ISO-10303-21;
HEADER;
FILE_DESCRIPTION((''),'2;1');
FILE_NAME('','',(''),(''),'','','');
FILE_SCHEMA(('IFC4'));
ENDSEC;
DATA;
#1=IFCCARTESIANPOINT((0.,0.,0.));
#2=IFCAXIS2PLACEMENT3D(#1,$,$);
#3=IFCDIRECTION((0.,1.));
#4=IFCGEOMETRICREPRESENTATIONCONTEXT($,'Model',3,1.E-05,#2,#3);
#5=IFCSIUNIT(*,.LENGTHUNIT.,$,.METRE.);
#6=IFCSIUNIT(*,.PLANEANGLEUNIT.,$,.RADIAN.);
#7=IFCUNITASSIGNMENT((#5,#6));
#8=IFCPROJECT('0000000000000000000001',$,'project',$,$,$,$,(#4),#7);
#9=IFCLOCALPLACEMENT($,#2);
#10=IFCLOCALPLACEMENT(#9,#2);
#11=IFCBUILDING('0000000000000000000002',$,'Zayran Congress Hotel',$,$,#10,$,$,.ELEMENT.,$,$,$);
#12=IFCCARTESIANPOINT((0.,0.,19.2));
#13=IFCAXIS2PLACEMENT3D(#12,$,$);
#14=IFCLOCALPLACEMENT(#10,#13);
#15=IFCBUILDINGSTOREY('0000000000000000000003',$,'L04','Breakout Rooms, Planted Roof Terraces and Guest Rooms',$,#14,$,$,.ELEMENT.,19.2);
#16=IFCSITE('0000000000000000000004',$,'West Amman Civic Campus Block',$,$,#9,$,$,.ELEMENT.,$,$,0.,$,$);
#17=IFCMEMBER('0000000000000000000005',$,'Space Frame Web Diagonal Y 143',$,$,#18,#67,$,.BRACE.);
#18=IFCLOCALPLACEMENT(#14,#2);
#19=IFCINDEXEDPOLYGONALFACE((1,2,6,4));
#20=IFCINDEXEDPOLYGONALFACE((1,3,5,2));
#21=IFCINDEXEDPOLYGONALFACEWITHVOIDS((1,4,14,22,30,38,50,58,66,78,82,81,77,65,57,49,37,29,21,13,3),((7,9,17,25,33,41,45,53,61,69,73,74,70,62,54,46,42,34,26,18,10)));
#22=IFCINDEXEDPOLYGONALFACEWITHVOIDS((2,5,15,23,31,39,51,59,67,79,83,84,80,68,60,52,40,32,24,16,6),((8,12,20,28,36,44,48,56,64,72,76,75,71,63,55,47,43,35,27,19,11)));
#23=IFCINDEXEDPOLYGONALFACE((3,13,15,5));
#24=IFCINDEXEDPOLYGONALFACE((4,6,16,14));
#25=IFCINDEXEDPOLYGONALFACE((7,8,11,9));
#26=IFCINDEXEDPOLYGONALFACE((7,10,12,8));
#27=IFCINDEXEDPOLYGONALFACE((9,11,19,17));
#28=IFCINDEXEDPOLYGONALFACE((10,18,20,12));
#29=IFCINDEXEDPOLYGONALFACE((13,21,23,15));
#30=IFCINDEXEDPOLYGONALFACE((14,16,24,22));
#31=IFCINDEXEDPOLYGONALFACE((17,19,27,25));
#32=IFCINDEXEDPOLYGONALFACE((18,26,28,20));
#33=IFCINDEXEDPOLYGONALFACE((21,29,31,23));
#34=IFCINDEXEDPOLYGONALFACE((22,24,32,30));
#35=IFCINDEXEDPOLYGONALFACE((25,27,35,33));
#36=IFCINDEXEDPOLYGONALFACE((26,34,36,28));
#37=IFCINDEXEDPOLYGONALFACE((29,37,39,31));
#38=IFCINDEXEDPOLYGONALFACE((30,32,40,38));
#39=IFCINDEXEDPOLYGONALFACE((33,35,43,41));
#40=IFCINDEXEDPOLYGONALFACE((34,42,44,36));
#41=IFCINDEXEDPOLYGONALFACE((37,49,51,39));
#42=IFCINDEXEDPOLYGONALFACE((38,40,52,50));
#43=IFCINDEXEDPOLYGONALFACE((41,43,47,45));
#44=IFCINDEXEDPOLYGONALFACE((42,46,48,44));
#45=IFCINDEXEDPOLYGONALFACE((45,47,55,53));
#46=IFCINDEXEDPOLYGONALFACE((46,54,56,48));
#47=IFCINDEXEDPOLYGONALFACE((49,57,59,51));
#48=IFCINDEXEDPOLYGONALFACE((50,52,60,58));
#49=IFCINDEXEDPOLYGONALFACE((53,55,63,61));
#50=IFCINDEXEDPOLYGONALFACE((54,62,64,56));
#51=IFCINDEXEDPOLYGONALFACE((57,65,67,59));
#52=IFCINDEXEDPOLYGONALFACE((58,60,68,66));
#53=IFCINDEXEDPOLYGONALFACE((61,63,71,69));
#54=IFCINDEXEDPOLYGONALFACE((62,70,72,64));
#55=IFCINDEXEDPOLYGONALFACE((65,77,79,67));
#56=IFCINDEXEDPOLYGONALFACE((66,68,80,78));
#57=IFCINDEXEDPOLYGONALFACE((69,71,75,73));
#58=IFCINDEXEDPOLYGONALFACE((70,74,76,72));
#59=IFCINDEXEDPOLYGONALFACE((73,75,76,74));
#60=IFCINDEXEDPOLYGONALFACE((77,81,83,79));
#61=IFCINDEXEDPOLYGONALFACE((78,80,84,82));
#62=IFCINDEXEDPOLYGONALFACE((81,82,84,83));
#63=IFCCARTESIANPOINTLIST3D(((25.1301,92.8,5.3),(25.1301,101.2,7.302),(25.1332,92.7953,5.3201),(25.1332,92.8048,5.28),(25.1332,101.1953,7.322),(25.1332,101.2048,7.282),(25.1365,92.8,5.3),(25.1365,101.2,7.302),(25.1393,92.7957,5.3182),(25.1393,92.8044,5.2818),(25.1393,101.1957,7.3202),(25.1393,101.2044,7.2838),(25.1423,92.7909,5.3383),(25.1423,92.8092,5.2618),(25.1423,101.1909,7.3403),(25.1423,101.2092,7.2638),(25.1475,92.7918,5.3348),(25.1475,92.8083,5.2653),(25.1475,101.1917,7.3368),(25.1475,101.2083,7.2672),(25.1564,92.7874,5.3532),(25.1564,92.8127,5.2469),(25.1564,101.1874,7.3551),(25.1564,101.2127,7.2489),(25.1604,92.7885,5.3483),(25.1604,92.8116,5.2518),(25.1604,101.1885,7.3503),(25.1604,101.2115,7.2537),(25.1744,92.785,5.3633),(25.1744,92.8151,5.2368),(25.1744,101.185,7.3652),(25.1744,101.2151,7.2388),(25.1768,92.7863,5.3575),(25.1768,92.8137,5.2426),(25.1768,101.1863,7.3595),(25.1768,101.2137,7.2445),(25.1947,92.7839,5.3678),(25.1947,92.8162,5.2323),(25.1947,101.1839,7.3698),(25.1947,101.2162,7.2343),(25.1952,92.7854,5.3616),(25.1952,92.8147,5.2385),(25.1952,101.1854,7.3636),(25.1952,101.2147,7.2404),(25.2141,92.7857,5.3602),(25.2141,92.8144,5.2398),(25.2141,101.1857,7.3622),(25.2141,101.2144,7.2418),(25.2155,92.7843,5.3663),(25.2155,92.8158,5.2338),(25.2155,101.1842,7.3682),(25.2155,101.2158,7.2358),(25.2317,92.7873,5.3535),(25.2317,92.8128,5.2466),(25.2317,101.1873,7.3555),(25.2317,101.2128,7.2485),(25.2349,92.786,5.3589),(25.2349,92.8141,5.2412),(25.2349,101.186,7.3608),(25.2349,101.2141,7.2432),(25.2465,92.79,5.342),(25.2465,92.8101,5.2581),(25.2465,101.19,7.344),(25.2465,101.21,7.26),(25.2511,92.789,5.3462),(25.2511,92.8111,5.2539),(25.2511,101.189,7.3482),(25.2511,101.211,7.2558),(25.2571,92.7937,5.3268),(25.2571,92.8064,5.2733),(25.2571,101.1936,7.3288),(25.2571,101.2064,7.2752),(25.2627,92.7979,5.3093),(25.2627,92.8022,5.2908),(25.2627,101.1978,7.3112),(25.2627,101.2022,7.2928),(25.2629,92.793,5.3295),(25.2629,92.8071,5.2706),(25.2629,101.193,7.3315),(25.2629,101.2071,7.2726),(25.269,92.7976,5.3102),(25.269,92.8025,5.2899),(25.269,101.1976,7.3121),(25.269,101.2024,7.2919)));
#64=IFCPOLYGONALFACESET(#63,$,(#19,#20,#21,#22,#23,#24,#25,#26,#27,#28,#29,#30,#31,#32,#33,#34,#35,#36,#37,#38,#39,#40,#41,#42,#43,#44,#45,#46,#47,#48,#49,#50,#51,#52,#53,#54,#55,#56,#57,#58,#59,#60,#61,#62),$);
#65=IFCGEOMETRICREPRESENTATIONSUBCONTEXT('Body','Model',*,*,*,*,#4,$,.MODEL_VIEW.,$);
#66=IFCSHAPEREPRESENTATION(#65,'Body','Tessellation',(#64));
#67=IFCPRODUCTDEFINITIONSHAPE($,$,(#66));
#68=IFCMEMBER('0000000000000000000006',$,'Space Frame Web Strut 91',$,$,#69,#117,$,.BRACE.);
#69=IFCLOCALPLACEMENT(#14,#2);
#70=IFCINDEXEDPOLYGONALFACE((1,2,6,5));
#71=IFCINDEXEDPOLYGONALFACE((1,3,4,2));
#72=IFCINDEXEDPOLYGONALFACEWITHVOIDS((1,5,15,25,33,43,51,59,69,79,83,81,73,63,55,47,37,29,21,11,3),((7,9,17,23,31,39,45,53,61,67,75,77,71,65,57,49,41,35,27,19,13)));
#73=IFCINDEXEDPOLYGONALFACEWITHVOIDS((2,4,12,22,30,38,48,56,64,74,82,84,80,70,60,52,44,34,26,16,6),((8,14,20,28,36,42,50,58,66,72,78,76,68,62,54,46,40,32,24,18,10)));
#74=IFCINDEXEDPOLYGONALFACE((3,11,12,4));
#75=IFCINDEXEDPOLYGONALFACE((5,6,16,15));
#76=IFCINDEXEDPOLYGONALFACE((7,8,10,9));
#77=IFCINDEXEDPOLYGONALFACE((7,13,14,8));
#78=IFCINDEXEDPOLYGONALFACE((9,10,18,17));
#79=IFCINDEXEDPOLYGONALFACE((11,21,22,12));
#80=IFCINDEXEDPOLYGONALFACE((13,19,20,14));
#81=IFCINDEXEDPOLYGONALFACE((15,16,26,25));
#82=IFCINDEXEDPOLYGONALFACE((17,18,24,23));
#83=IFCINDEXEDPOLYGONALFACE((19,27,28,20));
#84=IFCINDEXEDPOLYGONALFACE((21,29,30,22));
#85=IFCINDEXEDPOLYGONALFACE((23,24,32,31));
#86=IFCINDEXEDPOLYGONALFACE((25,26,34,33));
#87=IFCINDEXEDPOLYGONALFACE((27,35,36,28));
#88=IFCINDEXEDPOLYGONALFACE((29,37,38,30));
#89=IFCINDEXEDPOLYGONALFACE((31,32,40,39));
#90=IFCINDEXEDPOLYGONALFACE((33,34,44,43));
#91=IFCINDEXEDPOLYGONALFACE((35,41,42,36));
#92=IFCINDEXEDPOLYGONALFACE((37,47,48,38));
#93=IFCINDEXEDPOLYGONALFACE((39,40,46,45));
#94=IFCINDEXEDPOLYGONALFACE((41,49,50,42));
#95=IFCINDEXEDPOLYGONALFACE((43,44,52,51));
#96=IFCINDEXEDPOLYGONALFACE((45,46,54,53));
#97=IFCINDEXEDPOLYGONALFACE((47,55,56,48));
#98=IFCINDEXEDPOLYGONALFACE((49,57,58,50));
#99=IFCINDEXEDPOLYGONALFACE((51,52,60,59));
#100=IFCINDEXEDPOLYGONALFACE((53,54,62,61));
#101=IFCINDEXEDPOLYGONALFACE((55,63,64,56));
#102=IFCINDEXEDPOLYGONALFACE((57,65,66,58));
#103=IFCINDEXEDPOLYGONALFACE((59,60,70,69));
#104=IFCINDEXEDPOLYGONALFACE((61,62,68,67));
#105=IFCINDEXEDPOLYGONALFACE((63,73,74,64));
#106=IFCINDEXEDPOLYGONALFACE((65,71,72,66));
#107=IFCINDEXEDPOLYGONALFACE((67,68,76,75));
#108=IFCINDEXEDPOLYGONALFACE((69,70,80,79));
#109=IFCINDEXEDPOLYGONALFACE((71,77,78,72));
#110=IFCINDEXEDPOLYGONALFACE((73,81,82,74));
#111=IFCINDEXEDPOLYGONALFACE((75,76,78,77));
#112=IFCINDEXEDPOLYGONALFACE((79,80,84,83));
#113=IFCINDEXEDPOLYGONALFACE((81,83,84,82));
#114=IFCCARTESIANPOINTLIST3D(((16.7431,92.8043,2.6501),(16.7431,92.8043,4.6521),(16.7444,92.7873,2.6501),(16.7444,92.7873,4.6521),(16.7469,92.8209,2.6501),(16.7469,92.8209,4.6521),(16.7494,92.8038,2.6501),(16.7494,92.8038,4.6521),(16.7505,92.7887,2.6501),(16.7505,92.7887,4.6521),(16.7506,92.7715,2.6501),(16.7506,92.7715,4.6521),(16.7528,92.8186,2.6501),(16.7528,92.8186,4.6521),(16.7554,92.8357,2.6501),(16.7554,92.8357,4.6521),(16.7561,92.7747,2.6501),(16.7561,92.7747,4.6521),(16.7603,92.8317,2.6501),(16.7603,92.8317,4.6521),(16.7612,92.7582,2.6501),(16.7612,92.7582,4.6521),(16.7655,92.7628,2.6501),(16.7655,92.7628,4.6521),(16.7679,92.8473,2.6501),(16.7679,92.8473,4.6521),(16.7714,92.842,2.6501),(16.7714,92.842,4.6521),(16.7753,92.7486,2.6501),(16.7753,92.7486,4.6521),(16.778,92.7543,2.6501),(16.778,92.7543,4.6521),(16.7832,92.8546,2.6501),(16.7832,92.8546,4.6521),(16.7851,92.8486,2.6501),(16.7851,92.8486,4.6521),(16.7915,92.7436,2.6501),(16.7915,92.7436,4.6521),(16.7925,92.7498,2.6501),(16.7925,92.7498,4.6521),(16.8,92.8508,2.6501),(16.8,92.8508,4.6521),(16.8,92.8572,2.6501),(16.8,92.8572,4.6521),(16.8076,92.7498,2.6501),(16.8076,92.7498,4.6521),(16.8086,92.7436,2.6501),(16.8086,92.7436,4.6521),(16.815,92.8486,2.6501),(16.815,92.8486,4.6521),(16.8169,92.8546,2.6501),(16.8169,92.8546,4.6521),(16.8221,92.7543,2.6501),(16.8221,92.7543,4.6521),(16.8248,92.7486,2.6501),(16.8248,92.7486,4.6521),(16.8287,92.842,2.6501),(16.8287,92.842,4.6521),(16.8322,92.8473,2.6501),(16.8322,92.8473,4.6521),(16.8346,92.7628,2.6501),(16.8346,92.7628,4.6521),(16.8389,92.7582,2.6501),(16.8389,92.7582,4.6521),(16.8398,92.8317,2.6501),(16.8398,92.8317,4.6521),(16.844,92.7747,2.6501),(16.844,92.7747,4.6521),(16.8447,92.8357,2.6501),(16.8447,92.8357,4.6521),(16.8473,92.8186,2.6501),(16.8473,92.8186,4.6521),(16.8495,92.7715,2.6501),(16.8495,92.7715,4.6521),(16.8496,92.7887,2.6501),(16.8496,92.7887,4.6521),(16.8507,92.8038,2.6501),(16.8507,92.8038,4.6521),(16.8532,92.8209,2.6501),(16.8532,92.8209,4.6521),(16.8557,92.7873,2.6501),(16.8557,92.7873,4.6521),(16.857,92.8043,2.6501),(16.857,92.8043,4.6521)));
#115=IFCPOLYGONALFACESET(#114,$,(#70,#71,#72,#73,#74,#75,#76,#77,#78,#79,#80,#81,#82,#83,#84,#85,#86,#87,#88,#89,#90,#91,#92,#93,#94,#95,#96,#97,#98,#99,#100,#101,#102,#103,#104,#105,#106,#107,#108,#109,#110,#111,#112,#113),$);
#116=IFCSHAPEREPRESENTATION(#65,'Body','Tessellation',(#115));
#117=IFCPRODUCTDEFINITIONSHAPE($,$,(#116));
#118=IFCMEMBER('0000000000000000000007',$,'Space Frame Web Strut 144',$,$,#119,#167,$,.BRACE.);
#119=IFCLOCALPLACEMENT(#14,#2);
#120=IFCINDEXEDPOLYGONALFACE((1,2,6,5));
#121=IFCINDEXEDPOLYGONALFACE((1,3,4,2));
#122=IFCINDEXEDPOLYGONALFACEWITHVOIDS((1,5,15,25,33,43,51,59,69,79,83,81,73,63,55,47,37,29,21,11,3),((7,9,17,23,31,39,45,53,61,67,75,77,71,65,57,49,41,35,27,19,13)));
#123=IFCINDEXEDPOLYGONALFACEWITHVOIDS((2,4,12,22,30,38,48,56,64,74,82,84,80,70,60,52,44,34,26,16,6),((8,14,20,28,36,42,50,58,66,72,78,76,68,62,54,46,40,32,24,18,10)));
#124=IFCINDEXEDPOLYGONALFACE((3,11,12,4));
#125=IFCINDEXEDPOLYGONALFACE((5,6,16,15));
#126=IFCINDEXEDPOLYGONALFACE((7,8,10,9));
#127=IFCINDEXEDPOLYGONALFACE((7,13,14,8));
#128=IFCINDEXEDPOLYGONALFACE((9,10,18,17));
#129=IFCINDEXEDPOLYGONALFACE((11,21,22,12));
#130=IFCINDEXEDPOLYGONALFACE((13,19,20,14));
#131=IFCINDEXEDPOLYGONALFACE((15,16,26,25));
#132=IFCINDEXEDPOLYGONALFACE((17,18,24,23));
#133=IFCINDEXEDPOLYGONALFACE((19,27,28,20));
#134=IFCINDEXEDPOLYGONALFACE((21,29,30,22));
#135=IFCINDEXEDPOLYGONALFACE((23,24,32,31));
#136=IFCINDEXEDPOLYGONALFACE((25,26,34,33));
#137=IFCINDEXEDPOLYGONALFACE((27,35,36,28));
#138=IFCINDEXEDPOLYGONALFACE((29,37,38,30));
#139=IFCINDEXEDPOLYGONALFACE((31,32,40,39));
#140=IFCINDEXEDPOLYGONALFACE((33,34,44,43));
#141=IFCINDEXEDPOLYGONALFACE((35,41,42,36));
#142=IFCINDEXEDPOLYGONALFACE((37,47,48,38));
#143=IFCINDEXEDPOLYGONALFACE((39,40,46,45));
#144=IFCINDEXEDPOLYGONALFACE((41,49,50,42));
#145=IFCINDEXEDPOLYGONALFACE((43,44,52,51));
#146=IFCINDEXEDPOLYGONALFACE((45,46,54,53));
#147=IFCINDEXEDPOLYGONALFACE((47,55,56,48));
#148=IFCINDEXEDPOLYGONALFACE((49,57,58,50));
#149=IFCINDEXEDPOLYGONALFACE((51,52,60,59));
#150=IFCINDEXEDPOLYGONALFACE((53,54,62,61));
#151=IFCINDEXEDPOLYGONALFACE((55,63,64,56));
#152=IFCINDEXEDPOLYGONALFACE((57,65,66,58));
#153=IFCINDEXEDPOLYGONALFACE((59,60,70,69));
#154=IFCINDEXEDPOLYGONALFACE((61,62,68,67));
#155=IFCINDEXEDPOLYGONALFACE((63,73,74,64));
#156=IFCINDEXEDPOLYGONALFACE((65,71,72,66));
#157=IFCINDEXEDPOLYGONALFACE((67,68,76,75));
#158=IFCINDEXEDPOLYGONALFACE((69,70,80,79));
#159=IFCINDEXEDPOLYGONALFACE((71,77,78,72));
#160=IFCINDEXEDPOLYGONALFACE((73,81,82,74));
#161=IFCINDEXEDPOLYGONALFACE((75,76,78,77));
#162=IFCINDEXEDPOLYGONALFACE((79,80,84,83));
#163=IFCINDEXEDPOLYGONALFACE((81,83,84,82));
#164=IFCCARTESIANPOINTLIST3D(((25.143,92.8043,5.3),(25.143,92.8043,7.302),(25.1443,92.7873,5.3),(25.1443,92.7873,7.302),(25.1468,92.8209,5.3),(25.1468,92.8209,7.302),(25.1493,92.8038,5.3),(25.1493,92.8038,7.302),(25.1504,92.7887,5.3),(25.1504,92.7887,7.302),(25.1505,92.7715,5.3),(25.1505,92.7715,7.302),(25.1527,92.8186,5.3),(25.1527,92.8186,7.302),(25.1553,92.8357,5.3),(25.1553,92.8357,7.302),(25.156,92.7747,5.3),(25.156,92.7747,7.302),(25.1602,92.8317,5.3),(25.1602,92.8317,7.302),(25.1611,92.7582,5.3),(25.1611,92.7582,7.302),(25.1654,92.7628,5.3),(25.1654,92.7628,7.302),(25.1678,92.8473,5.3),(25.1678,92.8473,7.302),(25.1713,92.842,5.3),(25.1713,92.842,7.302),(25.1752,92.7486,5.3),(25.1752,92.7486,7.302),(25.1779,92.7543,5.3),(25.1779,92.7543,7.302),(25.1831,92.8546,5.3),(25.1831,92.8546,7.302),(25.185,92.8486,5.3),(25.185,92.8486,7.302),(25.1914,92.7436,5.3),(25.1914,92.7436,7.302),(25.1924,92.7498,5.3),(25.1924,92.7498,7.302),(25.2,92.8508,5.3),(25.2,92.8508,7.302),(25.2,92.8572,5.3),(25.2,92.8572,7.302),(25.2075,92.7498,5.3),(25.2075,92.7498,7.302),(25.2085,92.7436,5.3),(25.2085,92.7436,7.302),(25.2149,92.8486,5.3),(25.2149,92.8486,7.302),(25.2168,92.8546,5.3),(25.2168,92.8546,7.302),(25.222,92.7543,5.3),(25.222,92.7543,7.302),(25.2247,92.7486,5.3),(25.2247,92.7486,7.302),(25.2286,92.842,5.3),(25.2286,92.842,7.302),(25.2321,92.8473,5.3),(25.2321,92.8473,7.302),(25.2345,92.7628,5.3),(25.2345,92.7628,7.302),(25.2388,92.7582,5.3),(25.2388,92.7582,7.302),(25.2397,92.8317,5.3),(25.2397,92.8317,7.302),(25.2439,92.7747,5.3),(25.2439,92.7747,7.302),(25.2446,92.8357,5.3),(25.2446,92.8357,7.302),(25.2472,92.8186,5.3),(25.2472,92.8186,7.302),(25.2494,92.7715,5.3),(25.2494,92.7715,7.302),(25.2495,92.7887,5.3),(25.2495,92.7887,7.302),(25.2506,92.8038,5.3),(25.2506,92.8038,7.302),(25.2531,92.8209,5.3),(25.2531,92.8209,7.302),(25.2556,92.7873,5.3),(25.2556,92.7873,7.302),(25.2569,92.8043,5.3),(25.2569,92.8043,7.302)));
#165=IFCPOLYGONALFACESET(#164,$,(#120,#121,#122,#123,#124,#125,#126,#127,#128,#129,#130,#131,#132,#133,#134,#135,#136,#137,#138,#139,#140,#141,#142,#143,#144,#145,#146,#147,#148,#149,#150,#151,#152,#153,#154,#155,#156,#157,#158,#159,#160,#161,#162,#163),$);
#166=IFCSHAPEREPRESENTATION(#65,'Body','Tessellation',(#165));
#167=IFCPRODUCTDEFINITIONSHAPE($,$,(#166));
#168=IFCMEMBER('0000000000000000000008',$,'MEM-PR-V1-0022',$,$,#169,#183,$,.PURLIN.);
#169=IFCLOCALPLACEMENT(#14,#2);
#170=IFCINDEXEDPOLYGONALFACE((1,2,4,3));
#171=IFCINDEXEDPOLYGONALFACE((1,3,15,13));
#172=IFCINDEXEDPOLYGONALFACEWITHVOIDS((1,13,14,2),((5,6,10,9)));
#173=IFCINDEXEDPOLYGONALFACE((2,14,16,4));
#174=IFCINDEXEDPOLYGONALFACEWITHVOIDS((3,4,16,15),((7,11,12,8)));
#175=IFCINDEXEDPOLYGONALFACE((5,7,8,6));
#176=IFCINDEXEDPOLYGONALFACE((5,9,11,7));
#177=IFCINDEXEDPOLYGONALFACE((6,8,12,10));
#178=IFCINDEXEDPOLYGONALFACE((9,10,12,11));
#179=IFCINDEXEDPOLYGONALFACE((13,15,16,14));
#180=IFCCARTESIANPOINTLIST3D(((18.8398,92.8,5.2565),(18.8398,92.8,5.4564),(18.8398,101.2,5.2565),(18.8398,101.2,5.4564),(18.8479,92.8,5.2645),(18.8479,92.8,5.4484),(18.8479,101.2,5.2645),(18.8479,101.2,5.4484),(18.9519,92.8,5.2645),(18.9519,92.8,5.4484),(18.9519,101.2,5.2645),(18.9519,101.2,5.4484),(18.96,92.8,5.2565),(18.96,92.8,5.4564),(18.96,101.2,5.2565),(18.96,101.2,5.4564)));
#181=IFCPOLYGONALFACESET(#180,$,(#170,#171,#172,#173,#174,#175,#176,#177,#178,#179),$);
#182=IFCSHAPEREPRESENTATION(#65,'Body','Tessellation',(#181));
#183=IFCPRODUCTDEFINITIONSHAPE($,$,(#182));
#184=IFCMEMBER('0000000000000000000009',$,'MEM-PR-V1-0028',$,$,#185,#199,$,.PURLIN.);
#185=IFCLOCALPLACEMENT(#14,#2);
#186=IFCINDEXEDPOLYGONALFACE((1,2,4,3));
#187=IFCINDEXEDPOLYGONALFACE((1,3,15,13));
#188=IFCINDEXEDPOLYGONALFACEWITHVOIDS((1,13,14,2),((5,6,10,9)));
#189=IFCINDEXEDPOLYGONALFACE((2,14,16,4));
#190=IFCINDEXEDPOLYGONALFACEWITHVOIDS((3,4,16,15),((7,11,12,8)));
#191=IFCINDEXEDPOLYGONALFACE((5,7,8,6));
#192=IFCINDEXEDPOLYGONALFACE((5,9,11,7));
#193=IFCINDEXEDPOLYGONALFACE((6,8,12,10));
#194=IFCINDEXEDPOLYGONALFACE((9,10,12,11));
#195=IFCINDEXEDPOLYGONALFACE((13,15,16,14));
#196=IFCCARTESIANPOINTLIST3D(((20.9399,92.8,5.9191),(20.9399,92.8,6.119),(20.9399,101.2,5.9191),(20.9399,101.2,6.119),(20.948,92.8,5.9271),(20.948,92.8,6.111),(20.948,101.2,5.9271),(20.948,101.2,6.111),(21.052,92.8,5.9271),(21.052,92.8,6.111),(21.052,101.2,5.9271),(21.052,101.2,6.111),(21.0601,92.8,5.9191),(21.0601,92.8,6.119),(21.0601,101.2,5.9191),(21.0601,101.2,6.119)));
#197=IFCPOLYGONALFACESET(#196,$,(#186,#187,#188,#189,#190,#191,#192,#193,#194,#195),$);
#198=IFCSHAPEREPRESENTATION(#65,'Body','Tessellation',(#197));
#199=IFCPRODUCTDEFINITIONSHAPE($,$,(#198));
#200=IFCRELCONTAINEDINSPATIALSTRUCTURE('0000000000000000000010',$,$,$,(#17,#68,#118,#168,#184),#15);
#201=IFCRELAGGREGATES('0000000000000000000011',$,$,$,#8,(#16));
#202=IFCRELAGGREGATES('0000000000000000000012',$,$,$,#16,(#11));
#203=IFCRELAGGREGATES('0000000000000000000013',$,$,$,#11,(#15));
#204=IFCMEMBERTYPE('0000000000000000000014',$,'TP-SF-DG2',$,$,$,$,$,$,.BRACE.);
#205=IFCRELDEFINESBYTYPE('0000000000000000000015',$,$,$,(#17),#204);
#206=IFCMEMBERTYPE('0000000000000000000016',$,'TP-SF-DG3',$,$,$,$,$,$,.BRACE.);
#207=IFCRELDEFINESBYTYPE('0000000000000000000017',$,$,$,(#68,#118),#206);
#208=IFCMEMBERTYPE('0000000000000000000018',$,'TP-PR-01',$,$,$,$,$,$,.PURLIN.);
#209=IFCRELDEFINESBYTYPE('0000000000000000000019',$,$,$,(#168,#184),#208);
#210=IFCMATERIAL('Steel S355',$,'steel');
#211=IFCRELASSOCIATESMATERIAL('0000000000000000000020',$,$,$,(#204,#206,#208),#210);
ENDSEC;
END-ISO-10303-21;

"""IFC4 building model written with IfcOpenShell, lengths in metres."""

from ifc_helpers import new_model, si_unit, direction, frame, origin, origin_2d, place, context, subcontext, project, spatial, hollow_rectangle, hollow_circle, extrude, material, material_profile, profile_set, type_object, element, save


model = new_model("IFC4")

# Units and contexts
model_context = context("Model", 3, precision=1e-05, world=origin(), true_north=direction((0.0, 1.0)))
body_context = subcontext(model_context, "Body", "Model", "MODEL_VIEW")
ifc_project = project(units=[si_unit("LENGTHUNIT", "METRE"), si_unit("PLANEANGLEUNIT", "RADIAN")], contexts=[model_context])

# Site, building, storey
site_placement = place(None, origin())
site = spatial("IfcSite", under=ifc_project, at=site_placement, Name="West Amman Civic Campus Block", CompositionType="ELEMENT", RefElevation=0.0)
building_placement = place(site_placement, origin())
building = spatial("IfcBuilding", under=site, at=building_placement, Name="Zayran Congress Hotel", CompositionType="ELEMENT")
storey_placement = place(building_placement, frame((0.0, 0.0, 19.2)))
storey = spatial("IfcBuildingStorey", under=building, at=storey_placement, Name="L04", Description="Breakout Rooms, Planted Roof Terraces and Guest Rooms", CompositionType="ELEMENT", Elevation=19.2)

# Members
ifc_material_1 = material(Name="Steel S355", Category="steel")
ifc_material_profile_1 = material_profile(ifc_material_1, hollow_circle(Radius=0.0698, WallThickness=0.0063, at=origin_2d()), Name="CHS 139.7x6.3")
ifc_profile_set_1 = profile_set([ifc_material_profile_1], Name="Steel S355")
member_type_1 = type_object("IfcMemberType", Name="TP-SF-DG2", PredefinedType="BRACE", material=ifc_profile_set_1)
member_1_placement = place(storey_placement, frame((25.2, 92.8, 5.3), z_axis=(0.0, 0.972755, 0.231837), x_axis=(-1.0, 0.0, 0.0)))
element("IfcMember", 1, at=member_1_placement, inside=storey, type_object=member_type_1, Name="Space Frame Web Diagonal Y 143", PredefinedType="BRACE", context=body_context, shape_type="SweptSolid", body=[
    extrude(hollow_circle(Radius=0.0698, WallThickness=0.0063, at=origin_2d()), origin(), (0.0, 0.0, 1.0), 8.6353),
])
ifc_material_profile_2 = material_profile(ifc_material_1, hollow_circle(Radius=0.0571, WallThickness=0.0063, at=origin_2d()), Name="CHS 114.3x6.3")
ifc_profile_set_2 = profile_set([ifc_material_profile_2], Name="Steel S355")
member_type_2 = type_object("IfcMemberType", Name="TP-SF-DG3", PredefinedType="BRACE", material=ifc_profile_set_2)
for number, where, z_axis, x_axis, name in (
    (2, (16.8, 92.8, 2.6501), (0.0, 0.0, 1.0), (0.0, 1.0, 0.0), "Space Frame Web Strut 91"),
    (3, (25.2, 92.8, 5.3), (0.0, 0.0, 1.0), (0.0, 1.0, 0.0), "Space Frame Web Strut 144"),
):
    element("IfcMember", number, at=place(storey_placement, frame(where, z_axis=z_axis, x_axis=x_axis)), inside=storey, type_object=member_type_2, Name=name, PredefinedType="BRACE", context=body_context, shape_type="SweptSolid", body=[
        extrude(hollow_circle(Radius=0.0571, WallThickness=0.0063, at=origin_2d()), origin(), (0.0, 0.0, 1.0), 2.002),
    ])
ifc_material_profile_3 = material_profile(ifc_material_1, hollow_rectangle(XDim=0.1201, YDim=0.2, WallThickness=0.0081, at=origin_2d()), Name="RHS 200x120x8")
ifc_profile_set_3 = profile_set([ifc_material_profile_3], Name="Steel S355")
member_type_3 = type_object("IfcMemberType", Name="TP-PR-01", PredefinedType="PURLIN", material=ifc_profile_set_3)
for number, where, z_axis, x_axis, name in (
    (4, (18.8999, 92.8, 5.3564), (0.0, 1.0, 0.0), (-1.0, 0.0, 0.0), "MEM-PR-V1-0022"),
    (5, (21.0, 92.8, 6.019), (0.0, 1.0, 0.0), (-1.0, 0.0, 0.0), "MEM-PR-V1-0028"),
):
    element("IfcMember", number, at=place(storey_placement, frame(where, z_axis=z_axis, x_axis=x_axis)), inside=storey, type_object=member_type_3, Name=name, PredefinedType="PURLIN", context=body_context, shape_type="SweptSolid", body=[
        extrude(hollow_rectangle(XDim=0.1201, YDim=0.2, WallThickness=0.0081, at=origin_2d()), origin(), (0.0, 0.0, 1.0), 8.3999),
    ])

save(model, "model.ifc")
